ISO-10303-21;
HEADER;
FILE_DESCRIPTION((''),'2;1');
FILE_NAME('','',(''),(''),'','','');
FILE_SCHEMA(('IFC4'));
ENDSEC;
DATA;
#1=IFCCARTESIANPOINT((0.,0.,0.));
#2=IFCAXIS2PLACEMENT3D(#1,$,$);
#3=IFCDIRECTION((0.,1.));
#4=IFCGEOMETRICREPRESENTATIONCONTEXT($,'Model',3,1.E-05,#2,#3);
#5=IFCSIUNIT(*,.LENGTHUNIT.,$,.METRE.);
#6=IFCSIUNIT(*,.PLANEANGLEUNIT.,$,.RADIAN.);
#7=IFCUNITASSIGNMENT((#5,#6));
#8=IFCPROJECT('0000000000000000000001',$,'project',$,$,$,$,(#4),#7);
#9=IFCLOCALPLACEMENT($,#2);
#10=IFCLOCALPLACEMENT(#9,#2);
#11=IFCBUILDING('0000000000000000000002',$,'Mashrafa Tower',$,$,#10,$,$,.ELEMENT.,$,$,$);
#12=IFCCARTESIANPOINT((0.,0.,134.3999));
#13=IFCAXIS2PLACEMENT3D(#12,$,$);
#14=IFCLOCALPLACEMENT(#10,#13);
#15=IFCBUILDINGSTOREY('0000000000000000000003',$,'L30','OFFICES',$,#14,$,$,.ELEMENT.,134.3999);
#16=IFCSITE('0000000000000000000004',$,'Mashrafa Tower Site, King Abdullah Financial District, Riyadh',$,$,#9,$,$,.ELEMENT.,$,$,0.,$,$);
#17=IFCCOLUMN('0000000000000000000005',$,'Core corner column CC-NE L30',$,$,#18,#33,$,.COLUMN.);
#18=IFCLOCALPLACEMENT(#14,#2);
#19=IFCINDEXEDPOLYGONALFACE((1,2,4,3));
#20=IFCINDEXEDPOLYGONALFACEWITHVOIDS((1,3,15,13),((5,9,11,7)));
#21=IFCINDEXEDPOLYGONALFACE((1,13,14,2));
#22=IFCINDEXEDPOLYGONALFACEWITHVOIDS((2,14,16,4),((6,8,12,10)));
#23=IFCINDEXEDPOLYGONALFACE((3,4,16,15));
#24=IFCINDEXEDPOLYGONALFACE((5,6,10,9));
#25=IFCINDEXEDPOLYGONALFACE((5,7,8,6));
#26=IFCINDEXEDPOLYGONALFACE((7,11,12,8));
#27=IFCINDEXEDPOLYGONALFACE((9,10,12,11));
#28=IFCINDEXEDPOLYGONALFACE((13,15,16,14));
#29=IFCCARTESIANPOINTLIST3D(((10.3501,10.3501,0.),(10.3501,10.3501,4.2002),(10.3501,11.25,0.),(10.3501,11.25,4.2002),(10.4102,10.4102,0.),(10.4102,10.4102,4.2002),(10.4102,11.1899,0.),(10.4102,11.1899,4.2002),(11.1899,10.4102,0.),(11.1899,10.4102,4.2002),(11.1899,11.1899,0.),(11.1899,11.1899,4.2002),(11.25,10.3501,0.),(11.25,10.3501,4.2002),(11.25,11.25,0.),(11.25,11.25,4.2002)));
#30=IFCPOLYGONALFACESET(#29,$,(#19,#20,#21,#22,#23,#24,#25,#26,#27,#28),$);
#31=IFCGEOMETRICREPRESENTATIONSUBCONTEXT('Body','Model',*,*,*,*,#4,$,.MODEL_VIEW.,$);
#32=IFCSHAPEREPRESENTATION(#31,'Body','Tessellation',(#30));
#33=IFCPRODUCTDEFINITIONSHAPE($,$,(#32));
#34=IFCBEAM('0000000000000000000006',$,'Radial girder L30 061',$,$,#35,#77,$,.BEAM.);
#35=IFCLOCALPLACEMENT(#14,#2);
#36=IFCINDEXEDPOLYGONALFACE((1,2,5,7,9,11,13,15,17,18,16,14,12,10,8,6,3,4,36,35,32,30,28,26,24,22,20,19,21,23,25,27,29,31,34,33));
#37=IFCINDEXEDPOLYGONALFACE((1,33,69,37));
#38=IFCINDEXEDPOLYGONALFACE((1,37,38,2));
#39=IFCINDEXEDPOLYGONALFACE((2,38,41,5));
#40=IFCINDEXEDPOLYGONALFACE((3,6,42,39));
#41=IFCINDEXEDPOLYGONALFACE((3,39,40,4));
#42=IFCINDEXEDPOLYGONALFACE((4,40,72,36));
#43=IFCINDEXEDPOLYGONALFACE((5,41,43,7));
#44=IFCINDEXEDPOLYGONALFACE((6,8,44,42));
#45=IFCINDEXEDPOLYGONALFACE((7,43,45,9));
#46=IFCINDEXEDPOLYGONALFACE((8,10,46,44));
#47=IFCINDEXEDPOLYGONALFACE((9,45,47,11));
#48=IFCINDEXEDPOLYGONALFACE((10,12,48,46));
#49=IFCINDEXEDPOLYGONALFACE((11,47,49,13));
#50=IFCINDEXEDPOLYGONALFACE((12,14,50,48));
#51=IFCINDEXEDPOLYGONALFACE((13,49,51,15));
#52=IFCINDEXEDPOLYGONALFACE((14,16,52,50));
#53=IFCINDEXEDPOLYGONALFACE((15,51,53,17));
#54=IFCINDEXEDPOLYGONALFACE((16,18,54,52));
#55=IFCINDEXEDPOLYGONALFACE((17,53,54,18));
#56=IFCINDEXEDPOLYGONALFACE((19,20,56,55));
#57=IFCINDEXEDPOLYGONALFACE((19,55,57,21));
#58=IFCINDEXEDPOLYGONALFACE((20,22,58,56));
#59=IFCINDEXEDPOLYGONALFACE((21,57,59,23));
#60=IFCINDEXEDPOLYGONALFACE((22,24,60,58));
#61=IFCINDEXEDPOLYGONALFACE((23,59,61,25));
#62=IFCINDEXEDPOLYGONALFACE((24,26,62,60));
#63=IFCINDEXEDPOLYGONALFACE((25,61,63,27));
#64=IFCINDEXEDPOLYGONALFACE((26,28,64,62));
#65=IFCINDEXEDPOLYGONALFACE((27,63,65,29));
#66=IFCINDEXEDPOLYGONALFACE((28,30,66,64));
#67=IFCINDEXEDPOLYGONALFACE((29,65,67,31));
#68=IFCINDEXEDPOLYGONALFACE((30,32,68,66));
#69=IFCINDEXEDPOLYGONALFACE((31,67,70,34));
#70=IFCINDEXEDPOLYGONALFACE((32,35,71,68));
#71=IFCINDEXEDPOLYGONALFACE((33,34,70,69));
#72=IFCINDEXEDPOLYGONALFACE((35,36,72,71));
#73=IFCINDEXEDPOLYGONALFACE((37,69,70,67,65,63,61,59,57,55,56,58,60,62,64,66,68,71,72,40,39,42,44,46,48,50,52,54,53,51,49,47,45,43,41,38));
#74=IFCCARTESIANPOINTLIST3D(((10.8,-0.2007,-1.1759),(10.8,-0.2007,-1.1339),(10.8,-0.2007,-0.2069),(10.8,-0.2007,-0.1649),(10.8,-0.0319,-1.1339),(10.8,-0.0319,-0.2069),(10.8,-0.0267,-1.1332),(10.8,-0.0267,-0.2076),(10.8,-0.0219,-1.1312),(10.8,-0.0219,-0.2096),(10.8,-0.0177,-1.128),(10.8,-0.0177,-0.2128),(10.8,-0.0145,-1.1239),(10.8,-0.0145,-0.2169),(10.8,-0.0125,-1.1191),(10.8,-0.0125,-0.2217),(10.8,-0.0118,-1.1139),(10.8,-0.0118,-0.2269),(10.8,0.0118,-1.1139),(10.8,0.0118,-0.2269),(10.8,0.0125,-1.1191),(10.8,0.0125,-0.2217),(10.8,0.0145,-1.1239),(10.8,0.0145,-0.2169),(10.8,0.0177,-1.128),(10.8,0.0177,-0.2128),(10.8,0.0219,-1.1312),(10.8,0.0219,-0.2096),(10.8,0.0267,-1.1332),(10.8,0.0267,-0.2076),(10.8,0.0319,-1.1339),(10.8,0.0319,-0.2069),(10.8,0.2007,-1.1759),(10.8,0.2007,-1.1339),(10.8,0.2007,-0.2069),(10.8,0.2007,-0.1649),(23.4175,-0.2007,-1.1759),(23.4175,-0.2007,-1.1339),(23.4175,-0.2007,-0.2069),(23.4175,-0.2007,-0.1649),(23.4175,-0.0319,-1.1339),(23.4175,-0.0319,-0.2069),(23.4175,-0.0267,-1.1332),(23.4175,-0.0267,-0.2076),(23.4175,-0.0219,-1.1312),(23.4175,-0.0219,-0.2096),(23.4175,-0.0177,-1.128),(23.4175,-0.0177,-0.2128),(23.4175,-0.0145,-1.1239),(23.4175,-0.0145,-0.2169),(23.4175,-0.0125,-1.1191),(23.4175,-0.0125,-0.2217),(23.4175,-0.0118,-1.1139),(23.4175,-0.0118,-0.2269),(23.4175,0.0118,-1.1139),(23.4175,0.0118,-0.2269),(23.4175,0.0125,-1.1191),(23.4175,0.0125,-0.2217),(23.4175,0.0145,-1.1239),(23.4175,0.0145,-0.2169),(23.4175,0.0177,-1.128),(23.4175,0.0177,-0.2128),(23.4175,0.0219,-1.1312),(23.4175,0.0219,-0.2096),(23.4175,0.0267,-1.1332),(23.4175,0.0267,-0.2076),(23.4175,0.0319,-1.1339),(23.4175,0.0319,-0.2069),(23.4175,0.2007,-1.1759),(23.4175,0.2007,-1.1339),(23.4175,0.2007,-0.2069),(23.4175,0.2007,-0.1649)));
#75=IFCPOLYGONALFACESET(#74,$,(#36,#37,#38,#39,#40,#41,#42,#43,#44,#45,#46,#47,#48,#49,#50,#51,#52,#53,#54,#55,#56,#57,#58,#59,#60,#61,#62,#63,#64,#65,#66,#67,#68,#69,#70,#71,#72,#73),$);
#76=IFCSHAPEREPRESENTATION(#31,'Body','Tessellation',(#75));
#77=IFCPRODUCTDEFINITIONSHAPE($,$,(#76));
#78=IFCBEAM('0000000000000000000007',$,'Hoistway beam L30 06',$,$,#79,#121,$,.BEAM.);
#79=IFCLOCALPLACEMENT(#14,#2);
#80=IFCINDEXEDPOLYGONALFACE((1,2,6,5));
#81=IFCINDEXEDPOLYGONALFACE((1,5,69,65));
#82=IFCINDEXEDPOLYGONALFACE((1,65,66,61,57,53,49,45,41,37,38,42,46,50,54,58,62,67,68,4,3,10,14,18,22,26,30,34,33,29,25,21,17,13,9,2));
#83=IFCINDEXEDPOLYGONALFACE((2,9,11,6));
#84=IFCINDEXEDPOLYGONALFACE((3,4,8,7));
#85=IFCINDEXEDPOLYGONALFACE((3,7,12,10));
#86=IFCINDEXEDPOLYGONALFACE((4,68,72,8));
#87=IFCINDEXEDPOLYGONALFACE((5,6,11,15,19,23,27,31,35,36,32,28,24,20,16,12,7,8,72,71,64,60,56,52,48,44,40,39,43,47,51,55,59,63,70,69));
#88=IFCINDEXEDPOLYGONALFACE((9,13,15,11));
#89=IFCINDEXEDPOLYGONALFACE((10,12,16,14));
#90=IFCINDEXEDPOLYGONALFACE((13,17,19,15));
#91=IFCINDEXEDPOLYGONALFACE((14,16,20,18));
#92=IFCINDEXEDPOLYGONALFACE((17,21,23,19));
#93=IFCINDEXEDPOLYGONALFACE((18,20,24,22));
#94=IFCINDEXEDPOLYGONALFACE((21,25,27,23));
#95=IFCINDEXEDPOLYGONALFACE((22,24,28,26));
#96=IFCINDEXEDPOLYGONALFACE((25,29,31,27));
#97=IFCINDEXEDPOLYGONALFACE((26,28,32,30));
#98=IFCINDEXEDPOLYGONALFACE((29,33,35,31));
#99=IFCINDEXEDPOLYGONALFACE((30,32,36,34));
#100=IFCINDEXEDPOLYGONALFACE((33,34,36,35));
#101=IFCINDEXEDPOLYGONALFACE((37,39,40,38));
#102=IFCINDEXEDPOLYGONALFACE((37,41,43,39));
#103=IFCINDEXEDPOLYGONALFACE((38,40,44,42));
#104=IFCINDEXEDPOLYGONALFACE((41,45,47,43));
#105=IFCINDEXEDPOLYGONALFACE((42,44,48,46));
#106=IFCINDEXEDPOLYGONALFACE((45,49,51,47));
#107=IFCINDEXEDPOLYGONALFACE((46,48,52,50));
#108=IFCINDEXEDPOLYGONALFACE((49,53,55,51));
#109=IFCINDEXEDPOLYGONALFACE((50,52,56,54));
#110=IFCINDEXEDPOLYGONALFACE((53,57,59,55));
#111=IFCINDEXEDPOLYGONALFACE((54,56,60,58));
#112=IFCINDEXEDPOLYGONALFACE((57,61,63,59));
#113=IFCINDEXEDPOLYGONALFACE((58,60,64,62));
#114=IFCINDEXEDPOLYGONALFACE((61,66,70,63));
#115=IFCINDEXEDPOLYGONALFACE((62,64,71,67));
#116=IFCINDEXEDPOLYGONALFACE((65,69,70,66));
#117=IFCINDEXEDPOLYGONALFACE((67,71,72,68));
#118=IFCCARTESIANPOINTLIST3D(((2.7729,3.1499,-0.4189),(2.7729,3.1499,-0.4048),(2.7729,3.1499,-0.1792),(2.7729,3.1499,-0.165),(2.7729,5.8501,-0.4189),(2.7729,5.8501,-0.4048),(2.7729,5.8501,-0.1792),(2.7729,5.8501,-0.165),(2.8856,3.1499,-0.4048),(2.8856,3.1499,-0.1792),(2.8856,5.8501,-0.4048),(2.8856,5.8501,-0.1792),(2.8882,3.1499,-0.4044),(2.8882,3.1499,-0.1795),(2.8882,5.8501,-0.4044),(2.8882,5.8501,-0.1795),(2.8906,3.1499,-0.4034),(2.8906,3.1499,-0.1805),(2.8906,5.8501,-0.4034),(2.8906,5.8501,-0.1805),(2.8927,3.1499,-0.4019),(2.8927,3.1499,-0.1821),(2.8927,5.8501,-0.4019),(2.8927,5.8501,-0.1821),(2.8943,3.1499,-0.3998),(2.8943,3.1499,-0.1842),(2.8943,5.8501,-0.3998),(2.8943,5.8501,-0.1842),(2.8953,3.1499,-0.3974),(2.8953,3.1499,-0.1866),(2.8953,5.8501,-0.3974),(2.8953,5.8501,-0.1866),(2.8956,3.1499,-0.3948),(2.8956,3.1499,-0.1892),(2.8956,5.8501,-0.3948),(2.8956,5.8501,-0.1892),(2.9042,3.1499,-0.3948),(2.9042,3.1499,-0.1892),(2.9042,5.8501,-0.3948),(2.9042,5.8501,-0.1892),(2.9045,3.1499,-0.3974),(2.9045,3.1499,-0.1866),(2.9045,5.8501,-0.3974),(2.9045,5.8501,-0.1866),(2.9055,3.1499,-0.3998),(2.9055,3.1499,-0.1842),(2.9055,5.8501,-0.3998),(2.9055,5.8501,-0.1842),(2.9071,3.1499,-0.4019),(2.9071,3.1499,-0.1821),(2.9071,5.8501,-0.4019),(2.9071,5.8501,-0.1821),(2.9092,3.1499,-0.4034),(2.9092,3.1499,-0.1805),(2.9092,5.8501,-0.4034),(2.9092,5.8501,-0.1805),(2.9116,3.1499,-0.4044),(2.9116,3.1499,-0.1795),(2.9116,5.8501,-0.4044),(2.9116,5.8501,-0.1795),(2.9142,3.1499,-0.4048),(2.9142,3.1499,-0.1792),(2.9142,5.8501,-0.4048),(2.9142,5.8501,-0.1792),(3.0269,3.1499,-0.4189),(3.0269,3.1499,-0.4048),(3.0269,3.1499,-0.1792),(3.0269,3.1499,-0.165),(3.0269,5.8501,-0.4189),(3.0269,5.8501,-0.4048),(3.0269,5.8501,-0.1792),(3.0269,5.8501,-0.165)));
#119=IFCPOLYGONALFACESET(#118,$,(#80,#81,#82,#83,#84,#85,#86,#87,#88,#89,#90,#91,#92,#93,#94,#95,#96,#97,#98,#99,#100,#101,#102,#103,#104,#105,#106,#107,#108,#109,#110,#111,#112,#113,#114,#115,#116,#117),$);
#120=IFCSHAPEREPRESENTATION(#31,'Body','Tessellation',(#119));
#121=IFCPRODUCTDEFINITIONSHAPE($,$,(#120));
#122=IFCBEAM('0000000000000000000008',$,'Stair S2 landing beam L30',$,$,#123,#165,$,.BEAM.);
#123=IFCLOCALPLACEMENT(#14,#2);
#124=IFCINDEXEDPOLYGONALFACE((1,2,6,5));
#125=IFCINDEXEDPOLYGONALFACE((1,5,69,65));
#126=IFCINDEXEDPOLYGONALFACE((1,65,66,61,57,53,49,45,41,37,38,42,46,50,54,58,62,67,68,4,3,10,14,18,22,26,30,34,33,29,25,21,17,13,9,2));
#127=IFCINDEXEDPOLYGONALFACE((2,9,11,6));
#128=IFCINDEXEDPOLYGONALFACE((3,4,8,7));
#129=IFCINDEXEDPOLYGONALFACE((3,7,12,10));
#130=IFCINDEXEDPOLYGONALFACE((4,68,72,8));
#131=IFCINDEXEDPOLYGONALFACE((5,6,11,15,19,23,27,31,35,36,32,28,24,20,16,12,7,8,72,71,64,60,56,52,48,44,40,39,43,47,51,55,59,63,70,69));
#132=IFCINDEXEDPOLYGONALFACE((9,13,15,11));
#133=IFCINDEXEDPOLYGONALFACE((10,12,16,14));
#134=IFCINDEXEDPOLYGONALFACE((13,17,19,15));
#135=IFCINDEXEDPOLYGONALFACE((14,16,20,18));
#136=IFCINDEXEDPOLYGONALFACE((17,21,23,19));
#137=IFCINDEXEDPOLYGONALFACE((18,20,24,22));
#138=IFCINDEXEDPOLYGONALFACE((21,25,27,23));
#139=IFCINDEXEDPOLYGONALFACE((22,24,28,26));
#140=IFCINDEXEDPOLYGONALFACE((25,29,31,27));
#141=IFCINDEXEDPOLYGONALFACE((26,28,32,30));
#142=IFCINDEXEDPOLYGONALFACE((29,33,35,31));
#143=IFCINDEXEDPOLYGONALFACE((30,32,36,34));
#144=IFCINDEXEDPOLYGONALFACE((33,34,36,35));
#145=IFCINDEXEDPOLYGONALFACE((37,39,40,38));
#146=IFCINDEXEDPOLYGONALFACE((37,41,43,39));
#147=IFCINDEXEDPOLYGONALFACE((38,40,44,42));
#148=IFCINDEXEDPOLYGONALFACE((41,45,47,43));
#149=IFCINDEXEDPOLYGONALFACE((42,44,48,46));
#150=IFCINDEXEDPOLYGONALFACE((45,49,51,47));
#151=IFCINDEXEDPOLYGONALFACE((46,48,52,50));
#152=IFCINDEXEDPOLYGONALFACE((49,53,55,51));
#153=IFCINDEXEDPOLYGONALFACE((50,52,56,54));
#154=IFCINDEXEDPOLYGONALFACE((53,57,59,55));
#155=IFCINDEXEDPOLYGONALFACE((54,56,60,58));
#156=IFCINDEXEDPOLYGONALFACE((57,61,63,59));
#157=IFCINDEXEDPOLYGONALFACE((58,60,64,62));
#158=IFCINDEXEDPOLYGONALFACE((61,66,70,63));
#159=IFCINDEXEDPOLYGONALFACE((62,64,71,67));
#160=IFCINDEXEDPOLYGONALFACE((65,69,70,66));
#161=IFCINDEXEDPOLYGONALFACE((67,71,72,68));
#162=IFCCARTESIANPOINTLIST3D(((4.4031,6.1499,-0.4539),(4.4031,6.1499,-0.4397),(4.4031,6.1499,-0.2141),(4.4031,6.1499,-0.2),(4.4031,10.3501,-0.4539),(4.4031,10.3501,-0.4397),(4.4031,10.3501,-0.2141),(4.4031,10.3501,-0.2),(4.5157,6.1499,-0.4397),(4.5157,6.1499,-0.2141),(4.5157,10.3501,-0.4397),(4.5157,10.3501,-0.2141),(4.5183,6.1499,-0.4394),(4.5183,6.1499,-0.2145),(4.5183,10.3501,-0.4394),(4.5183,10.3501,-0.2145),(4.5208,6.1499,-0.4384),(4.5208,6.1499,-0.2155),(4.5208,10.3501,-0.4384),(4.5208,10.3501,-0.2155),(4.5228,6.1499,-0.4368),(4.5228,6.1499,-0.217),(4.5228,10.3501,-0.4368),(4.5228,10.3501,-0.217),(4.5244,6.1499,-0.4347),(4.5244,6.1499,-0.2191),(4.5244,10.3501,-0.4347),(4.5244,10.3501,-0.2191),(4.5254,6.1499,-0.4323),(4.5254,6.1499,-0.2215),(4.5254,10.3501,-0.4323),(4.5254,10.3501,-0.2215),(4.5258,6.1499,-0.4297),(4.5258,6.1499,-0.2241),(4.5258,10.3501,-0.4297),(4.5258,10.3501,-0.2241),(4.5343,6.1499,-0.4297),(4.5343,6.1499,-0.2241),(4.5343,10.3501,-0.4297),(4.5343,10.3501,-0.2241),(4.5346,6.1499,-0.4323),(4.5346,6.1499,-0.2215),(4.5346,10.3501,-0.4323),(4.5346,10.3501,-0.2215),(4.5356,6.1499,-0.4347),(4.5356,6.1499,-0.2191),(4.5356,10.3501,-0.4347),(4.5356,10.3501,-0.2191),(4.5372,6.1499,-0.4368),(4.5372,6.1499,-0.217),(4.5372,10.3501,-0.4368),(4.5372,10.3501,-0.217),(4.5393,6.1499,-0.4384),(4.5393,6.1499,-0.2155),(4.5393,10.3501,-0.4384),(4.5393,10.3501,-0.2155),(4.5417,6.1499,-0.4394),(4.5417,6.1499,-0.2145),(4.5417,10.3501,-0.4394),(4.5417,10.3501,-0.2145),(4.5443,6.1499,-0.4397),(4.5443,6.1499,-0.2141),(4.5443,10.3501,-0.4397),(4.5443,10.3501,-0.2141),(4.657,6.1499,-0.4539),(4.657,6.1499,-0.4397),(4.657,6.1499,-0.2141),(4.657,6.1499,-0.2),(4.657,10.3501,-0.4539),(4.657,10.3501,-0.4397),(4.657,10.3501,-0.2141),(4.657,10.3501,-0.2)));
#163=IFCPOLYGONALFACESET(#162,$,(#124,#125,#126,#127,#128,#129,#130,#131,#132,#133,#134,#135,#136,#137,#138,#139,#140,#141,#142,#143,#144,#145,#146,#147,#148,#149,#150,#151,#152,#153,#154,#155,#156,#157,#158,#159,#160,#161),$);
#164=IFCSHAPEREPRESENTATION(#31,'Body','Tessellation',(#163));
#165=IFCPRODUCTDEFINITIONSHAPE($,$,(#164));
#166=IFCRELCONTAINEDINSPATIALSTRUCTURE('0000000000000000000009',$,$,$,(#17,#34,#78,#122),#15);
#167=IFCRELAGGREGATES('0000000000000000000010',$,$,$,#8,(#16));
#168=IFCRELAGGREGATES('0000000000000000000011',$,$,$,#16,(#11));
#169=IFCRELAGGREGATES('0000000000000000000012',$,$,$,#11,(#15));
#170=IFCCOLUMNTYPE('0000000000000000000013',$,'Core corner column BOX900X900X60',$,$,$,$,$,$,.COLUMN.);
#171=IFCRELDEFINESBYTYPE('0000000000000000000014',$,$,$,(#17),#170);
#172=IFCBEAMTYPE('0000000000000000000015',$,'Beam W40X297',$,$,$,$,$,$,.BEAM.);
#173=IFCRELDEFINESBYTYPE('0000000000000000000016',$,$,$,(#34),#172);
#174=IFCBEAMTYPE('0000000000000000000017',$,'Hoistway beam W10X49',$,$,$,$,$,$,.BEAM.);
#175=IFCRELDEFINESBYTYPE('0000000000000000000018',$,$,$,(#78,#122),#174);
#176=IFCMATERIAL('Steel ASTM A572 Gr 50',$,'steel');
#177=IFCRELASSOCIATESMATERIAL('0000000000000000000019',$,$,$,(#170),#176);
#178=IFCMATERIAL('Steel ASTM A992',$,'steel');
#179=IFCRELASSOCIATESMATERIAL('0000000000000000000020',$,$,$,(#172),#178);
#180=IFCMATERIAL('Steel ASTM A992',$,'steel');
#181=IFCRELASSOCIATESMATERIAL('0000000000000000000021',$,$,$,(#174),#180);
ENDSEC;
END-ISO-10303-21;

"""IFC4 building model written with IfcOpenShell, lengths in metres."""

from ifc_helpers import new_model, si_unit, direction, frame, origin, origin_2d, place, context, subcontext, project, spatial, hollow_rectangle, i_section, extrude, material, material_profile, profile_set, type_object, element, save


model = new_model("IFC4")

# Units and contexts
model_context = context("Model", 3, precision=1e-05, world=origin(), true_north=direction((0.0, 1.0)))
body_context = subcontext(model_context, "Body", "Model", "MODEL_VIEW")
ifc_project = project(units=[si_unit("LENGTHUNIT", "METRE"), si_unit("PLANEANGLEUNIT", "RADIAN")], contexts=[model_context])

# Site, building, storey
site_placement = place(None, origin())
site = spatial("IfcSite", under=ifc_project, at=site_placement, Name="Mashrafa Tower Site, King Abdullah Financial District, Riyadh", CompositionType="ELEMENT", RefElevation=0.0)
building_placement = place(site_placement, origin())
building = spatial("IfcBuilding", under=site, at=building_placement, Name="Mashrafa Tower", CompositionType="ELEMENT")
storey_placement = place(building_placement, frame((0.0, 0.0, 134.3999)))
storey = spatial("IfcBuildingStorey", under=building, at=storey_placement, Name="L30", Description="OFFICES", CompositionType="ELEMENT", Elevation=134.3999)

# Column
ifc_material_1 = material(Name="Steel ASTM A572 Gr 50", Category="steel")
ifc_material_profile_1 = material_profile(ifc_material_1, hollow_rectangle(XDim=0.8999, YDim=0.8999, WallThickness=0.0601, at=origin_2d()), Name="BOX900X900X60")
ifc_profile_set_1 = profile_set([ifc_material_profile_1], Name="Steel ASTM A572 Gr 50")
column_type = type_object("IfcColumnType", Name="Core corner column BOX900X900X60", PredefinedType="COLUMN", material=ifc_profile_set_1)
column_placement = place(storey_placement, frame((10.8, 10.8, 0.0), z_axis=(0.0, 0.0, 1.0), x_axis=(1.0, 0.0, 0.0)))
element("IfcColumn", 1, at=column_placement, inside=storey, type_object=column_type, Name="Core corner column CC-NE L30", PredefinedType="COLUMN", context=body_context, shape_type="SweptSolid", body=[
    extrude(hollow_rectangle(XDim=0.8999, YDim=0.8999, WallThickness=0.0601, at=origin_2d()), origin(), (0.0, 0.0, 1.0), 4.2002),
])

# Beams
ifc_material_2 = material(Name="Steel ASTM A992", Category="steel")
ifc_material_profile_2 = material_profile(ifc_material_2, i_section(OverallWidth=0.4014, OverallDepth=1.011, WebThickness=0.0237, FlangeThickness=0.042, FilletRadius=0.02, at=origin_2d()), Name="W40X297")
ifc_profile_set_2 = profile_set([ifc_material_profile_2], Name="Steel ASTM A992")
beam_type_1 = type_object("IfcBeamType", Name="Beam W40X297", PredefinedType="BEAM", material=ifc_profile_set_2)
beam_1_placement = place(storey_placement, frame((10.8, 0.0, -0.6704), z_axis=(1.0, 0.0, 0.0), x_axis=(0.0, 1.0, 0.0)))
element("IfcBeam", 2, at=beam_1_placement, inside=storey, type_object=beam_type_1, Name="Radial girder L30 061", PredefinedType="BEAM", context=body_context, shape_type="SweptSolid", body=[
    extrude(i_section(OverallWidth=0.4014, OverallDepth=1.011, WebThickness=0.0237, FlangeThickness=0.042, FilletRadius=0.02, at=origin_2d()), origin(), (0.0, 0.0, 1.0), 12.6174),
])
ifc_material_3 = material(Name="Steel ASTM A992", Category="steel")
ifc_material_profile_3 = material_profile(ifc_material_3, i_section(OverallWidth=0.2539, OverallDepth=0.2539, WebThickness=0.0085, FlangeThickness=0.0142, FilletRadius=0.01, at=origin_2d()), Name="W10X49")
ifc_profile_set_3 = profile_set([ifc_material_profile_3], Name="Steel ASTM A992")
beam_type_2 = type_object("IfcBeamType", Name="Hoistway beam W10X49", PredefinedType="BEAM", material=ifc_profile_set_3)
beam_2_placement = place(storey_placement, frame((2.8999, 3.1499, -0.292), z_axis=(0.0, 1.0, 0.0), x_axis=(-1.0, 0.0, 0.0)))
element("IfcBeam", 3, at=beam_2_placement, inside=storey, type_object=beam_type_2, Name="Hoistway beam L30 06", PredefinedType="BEAM", context=body_context, shape_type="SweptSolid", body=[
    extrude(i_section(OverallWidth=0.2539, OverallDepth=0.2539, WebThickness=0.0085, FlangeThickness=0.0142, FilletRadius=0.01, at=origin_2d()), origin(), (0.0, 0.0, 1.0), 2.7002),
])
beam_3_placement = place(storey_placement, frame((4.53, 6.1499, -0.3269), z_axis=(0.0, 1.0, 0.0), x_axis=(-1.0, 0.0, 0.0)))
element("IfcBeam", 4, at=beam_3_placement, inside=storey, type_object=beam_type_2, Name="Stair S2 landing beam L30", PredefinedType="BEAM", context=body_context, shape_type="SweptSolid", body=[
    extrude(i_section(OverallWidth=0.2539, OverallDepth=0.2539, WebThickness=0.0085, FlangeThickness=0.0142, FilletRadius=0.01, at=origin_2d()), origin(), (0.0, 0.0, 1.0), 4.2002),
])

save(model, "model.ifc")
